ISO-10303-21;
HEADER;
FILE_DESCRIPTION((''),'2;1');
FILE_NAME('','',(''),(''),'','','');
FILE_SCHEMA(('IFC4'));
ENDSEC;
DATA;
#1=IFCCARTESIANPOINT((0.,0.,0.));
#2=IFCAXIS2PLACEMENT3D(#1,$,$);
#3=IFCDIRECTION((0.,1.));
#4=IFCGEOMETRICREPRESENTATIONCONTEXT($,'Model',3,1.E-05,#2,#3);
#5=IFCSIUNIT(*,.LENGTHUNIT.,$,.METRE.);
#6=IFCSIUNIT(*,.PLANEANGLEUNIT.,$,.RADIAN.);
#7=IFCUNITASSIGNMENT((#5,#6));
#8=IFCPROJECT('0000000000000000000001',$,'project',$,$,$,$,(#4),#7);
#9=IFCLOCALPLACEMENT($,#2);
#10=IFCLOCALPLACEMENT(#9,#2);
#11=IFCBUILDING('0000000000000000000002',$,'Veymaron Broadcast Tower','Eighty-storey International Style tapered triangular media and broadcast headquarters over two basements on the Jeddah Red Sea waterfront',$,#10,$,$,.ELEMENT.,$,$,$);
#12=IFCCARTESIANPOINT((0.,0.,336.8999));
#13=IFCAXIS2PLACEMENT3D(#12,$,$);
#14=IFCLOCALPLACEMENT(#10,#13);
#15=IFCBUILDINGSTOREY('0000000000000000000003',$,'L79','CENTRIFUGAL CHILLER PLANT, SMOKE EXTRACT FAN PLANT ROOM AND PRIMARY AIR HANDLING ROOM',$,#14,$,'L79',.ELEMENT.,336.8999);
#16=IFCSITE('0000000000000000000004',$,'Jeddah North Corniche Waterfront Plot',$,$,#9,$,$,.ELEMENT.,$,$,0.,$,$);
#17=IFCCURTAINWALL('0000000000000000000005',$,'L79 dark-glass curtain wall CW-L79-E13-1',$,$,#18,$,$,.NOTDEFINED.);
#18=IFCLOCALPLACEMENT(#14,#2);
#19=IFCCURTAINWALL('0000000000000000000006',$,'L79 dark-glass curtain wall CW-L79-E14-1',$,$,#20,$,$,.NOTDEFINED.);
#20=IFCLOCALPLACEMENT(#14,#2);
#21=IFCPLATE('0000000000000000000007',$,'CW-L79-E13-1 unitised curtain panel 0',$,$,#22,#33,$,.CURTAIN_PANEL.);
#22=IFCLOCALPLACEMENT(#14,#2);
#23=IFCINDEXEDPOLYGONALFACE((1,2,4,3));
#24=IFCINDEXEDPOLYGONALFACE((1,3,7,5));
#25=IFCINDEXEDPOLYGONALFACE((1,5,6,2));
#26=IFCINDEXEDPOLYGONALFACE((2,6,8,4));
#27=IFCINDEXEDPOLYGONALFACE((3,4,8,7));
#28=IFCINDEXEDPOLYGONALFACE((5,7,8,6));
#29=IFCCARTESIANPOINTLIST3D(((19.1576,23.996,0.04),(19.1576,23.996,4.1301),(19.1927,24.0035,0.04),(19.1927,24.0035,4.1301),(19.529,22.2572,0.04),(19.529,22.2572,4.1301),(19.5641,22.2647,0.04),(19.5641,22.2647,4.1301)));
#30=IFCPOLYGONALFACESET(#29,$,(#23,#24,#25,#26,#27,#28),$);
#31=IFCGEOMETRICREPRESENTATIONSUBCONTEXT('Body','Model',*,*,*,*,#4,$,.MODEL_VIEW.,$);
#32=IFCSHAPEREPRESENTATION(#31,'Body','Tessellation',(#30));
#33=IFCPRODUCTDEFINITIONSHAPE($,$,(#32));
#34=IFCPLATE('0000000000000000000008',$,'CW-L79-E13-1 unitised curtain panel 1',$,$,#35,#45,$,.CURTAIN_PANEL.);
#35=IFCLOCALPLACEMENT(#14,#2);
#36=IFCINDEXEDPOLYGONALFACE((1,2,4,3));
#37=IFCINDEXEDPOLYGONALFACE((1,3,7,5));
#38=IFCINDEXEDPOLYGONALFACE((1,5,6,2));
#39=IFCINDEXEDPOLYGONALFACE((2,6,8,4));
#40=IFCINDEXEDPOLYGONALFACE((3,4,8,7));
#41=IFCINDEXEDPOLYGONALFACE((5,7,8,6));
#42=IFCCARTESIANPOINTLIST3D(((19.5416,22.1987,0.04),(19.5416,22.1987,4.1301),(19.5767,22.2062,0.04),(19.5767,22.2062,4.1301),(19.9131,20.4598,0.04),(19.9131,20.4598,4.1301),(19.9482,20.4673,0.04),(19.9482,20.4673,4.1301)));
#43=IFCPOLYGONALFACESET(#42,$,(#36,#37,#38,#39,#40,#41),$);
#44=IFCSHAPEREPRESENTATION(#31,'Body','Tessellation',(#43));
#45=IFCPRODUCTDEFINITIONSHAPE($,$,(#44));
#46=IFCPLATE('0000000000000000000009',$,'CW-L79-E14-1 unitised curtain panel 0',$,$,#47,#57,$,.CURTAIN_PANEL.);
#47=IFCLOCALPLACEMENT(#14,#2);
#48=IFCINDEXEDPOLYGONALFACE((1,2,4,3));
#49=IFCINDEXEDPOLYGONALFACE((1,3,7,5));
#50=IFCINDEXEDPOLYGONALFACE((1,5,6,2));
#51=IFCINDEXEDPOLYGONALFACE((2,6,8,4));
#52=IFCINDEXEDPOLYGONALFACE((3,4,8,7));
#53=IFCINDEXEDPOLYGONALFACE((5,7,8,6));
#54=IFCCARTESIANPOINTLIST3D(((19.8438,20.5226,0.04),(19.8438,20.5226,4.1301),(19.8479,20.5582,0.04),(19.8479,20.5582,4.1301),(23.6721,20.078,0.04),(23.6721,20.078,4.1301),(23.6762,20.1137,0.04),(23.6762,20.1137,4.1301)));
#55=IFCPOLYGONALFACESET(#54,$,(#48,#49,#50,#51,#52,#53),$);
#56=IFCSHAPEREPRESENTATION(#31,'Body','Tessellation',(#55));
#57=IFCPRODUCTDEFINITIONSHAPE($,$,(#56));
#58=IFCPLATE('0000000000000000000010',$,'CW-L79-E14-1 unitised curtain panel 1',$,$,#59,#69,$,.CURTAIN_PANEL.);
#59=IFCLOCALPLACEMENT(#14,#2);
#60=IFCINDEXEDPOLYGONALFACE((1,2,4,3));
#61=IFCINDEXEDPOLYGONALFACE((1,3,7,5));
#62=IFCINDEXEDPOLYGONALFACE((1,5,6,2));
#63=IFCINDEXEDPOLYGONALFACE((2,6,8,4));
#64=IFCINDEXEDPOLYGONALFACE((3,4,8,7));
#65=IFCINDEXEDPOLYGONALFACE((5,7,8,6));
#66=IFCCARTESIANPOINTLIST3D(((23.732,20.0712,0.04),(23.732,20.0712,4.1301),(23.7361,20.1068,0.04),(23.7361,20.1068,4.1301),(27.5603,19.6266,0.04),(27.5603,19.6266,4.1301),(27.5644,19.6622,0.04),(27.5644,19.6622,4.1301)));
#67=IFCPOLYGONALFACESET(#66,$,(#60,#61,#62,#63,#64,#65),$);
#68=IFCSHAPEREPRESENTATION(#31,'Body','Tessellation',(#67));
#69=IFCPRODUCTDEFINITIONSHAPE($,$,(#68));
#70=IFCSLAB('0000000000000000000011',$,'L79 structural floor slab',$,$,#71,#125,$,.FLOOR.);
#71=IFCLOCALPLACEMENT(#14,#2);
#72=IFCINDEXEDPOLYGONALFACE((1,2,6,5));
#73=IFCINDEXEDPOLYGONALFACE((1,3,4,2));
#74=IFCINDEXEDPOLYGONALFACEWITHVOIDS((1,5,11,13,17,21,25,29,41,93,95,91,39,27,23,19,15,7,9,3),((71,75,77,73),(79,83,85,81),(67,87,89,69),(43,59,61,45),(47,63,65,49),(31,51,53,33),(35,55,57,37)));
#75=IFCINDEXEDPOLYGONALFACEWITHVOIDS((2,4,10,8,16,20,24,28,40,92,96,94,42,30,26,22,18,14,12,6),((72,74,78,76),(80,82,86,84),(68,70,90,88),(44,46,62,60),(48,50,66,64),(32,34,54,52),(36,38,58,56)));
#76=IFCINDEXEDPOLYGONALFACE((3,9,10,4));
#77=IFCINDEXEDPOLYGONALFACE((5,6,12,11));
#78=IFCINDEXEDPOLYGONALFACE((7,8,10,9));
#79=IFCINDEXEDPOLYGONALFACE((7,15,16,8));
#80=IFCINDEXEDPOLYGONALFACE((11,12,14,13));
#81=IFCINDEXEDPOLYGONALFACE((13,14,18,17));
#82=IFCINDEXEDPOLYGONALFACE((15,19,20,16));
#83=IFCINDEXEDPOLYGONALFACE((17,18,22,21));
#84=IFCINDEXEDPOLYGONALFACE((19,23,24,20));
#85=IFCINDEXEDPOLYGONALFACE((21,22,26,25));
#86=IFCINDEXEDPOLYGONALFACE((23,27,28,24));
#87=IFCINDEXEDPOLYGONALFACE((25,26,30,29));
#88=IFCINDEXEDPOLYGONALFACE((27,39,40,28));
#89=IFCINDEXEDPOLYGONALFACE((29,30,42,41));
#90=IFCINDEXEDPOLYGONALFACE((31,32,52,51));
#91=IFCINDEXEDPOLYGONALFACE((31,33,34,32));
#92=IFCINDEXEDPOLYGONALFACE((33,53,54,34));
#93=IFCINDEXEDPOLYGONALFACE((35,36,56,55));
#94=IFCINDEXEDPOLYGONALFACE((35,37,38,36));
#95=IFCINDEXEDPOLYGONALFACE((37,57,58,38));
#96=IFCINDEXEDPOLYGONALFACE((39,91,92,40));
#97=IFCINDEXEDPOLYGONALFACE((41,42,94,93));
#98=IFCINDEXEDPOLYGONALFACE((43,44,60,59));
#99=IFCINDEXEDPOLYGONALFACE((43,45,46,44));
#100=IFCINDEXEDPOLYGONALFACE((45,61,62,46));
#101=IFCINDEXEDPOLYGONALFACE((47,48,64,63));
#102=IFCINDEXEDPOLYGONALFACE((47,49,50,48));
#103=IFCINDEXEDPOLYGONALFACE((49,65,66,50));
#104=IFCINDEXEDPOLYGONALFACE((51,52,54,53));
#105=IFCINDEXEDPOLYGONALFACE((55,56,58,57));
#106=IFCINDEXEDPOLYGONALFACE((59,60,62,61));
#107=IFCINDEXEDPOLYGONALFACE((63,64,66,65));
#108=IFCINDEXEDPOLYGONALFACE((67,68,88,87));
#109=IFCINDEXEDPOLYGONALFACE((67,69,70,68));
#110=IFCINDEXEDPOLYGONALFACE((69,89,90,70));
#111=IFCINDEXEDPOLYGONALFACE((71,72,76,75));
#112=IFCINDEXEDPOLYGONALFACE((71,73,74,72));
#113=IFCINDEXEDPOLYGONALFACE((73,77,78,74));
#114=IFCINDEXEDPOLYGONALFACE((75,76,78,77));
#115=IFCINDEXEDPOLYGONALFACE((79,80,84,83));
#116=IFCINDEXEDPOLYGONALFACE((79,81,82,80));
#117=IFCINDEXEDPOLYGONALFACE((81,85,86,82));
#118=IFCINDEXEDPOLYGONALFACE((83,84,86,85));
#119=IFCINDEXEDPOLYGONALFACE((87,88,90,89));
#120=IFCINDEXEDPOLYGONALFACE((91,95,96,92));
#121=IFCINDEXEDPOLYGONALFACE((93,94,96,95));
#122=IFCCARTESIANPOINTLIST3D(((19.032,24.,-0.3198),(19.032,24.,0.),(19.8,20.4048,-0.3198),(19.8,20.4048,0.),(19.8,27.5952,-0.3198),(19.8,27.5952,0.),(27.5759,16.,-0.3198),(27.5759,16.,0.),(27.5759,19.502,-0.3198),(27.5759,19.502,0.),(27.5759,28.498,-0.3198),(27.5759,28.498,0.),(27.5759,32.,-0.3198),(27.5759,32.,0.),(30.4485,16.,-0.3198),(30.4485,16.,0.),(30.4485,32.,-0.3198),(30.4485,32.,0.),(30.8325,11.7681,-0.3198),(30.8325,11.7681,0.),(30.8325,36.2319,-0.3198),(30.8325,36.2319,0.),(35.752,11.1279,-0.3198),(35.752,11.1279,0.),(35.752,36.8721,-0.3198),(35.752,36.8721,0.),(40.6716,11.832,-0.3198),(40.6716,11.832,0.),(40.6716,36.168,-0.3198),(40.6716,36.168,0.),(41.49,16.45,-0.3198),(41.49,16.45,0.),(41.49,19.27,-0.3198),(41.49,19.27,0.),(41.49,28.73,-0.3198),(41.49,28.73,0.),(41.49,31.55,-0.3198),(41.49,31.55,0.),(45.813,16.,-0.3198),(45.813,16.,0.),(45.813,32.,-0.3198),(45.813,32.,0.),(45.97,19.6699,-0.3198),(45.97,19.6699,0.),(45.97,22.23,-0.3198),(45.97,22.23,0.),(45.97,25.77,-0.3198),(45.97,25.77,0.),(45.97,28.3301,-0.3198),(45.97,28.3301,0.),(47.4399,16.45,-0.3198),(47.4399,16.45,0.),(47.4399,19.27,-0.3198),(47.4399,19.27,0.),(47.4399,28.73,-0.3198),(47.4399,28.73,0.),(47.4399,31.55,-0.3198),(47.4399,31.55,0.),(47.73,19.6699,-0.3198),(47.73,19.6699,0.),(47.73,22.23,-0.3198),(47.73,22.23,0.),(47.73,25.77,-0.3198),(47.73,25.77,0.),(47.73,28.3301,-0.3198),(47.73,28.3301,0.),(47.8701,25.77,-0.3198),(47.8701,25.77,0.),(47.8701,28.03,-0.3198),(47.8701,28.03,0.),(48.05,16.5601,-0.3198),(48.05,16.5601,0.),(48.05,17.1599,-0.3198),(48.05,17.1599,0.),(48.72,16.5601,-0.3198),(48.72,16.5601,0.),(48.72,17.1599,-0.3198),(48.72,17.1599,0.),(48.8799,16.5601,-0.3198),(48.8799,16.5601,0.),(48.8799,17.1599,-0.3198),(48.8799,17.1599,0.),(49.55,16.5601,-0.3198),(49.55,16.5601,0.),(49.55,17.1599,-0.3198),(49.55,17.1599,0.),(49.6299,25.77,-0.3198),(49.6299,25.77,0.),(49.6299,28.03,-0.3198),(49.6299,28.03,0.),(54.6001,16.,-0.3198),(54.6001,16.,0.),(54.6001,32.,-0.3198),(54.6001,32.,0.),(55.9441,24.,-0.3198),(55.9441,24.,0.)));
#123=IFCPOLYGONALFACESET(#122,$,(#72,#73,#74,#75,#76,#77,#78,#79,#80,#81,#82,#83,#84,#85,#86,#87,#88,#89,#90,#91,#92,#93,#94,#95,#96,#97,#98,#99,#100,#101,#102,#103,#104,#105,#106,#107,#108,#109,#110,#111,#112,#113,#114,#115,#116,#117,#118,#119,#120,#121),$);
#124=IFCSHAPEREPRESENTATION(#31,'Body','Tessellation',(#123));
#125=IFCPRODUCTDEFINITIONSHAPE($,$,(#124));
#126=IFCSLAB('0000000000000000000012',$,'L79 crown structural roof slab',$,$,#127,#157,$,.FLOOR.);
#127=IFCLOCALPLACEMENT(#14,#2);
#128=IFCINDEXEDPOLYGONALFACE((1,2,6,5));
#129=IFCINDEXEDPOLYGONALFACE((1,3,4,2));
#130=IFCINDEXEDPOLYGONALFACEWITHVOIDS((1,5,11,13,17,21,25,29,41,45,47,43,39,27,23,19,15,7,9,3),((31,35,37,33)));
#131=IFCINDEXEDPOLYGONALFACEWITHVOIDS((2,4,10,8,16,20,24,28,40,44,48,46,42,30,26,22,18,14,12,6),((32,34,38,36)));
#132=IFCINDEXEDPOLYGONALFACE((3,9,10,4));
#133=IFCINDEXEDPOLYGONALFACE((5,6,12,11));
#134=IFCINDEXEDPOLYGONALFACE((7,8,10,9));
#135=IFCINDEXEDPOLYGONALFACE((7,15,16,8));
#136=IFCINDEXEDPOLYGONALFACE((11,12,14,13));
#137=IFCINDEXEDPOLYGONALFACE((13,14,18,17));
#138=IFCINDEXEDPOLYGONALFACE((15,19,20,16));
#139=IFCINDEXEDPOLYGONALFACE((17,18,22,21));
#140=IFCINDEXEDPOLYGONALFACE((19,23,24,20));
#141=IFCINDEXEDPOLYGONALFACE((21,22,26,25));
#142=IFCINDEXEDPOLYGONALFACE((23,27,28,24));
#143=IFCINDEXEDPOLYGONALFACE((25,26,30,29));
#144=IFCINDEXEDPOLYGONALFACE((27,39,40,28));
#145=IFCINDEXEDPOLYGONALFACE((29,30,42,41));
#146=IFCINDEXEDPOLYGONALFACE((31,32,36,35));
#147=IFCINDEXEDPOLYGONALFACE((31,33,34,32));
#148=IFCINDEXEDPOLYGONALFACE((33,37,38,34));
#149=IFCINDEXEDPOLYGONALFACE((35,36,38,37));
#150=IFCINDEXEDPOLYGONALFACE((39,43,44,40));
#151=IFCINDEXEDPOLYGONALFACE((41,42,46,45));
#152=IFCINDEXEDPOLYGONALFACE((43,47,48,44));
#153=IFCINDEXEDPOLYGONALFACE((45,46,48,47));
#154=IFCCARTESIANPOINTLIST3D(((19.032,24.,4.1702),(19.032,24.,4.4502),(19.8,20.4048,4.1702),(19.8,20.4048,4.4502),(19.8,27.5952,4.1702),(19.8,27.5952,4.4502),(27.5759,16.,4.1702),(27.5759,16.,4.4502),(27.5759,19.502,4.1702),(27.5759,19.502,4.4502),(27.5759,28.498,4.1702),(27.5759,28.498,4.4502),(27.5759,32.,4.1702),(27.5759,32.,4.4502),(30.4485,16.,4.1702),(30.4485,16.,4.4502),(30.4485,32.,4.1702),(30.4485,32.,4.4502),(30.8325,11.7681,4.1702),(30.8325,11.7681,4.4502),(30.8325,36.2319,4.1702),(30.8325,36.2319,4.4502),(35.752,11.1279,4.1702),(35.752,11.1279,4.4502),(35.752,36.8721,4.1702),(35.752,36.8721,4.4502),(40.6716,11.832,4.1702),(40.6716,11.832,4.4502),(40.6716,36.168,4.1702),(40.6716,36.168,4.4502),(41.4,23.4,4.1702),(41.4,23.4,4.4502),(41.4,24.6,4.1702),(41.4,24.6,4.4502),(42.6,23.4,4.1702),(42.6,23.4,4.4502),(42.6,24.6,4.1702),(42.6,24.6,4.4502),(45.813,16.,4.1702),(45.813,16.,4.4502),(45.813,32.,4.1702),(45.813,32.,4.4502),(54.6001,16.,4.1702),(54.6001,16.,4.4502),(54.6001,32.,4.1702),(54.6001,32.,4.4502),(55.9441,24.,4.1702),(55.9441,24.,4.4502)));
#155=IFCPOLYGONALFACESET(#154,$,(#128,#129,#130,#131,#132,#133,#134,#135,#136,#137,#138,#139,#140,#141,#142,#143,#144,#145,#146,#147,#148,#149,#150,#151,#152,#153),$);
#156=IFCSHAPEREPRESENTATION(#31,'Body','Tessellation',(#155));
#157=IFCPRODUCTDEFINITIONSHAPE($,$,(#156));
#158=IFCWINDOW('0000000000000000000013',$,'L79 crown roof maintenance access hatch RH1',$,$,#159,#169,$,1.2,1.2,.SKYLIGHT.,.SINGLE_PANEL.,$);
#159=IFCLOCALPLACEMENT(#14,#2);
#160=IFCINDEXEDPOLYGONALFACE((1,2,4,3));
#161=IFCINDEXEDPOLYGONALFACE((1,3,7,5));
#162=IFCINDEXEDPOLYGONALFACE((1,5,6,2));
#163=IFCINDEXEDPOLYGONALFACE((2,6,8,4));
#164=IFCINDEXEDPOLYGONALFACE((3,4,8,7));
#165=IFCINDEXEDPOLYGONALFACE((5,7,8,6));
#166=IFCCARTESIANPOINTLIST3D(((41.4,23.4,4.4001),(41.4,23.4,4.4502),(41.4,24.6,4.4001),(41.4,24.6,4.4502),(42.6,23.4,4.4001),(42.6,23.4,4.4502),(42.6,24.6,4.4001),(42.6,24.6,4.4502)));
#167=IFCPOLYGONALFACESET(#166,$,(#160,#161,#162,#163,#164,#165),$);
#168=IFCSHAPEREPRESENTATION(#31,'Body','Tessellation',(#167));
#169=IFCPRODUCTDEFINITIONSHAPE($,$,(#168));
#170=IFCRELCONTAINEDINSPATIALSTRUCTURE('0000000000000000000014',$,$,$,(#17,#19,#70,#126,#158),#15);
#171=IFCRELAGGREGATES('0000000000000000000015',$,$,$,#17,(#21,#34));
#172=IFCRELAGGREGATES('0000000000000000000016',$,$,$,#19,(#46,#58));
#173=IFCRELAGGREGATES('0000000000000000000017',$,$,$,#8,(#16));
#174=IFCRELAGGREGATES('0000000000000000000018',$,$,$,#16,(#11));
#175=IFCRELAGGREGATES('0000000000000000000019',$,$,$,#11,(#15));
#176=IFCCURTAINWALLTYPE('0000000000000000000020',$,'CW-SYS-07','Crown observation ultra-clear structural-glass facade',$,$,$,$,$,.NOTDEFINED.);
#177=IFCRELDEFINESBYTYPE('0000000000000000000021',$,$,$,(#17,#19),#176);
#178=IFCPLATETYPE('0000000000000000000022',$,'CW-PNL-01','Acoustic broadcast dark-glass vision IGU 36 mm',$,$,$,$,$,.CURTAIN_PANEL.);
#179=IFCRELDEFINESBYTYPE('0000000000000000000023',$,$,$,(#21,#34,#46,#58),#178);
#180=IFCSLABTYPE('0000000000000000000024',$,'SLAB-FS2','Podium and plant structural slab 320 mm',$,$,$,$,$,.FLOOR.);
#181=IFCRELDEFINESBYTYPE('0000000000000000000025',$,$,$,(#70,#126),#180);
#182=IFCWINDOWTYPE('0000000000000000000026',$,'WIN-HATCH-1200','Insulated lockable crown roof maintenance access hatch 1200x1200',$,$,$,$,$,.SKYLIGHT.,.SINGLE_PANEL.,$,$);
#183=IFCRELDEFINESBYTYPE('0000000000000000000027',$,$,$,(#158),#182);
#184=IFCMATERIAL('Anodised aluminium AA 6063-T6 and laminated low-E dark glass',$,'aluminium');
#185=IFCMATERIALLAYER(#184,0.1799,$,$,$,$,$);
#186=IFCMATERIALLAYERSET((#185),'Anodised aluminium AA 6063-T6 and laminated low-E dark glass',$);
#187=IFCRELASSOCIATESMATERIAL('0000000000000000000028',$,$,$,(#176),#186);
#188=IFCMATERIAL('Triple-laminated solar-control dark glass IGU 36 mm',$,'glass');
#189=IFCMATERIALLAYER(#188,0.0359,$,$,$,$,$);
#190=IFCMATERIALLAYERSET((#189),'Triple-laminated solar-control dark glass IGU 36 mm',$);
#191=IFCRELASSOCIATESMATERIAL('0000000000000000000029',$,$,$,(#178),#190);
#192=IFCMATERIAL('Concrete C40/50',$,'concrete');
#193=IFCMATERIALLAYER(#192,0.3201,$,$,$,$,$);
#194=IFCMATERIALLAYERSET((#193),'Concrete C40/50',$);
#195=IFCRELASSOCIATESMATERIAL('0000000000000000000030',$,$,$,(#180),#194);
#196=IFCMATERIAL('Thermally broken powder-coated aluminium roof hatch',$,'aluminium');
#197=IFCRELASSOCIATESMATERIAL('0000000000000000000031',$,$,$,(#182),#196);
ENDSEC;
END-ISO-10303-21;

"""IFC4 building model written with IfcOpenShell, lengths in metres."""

from ifc_helpers import new_model, si_unit, direction, frame, origin, origin_2d, place, context, subcontext, project, spatial, polyline, rectangle, outline, extrude, material, layer, layer_set, type_object, element, fill, aggregate, save


model = new_model("IFC4")

# Units and contexts
model_context = context("Model", 3, precision=1e-05, world=origin(), true_north=direction((0.0, 1.0)))
body_context = subcontext(model_context, "Body", "Model", "MODEL_VIEW")
ifc_project = project(units=[si_unit("LENGTHUNIT", "METRE"), si_unit("PLANEANGLEUNIT", "RADIAN")], contexts=[model_context])

# Site, building, storey
site_placement = place(None, origin())
site = spatial("IfcSite", under=ifc_project, at=site_placement, Name="Jeddah North Corniche Waterfront Plot", CompositionType="ELEMENT", RefElevation=0.0)
building_placement = place(site_placement, origin())
building = spatial("IfcBuilding", under=site, at=building_placement, Name="Veymaron Broadcast Tower", Description="Eighty-storey International Style tapered triangular media and broadcast headquarters over two basements on the Jeddah Red Sea waterfront", CompositionType="ELEMENT")
storey_placement = place(building_placement, frame((0.0, 0.0, 336.8999)))
storey = spatial("IfcBuildingStorey", under=building, at=storey_placement, Name="L79", Description="CENTRIFUGAL CHILLER PLANT, SMOKE EXTRACT FAN PLANT ROOM AND PRIMARY AIR HANDLING ROOM", LongName="L79", CompositionType="ELEMENT", Elevation=336.8999)

# Shared definitions
ifc_material_1 = material(Name="Anodised aluminium AA 6063-T6 and laminated low-E dark glass", Category="aluminium")
ifc_layer_1 = layer(ifc_material_1, 0.1799)
ifc_layer_set_1 = layer_set([ifc_layer_1], Name="Anodised aluminium AA 6063-T6 and laminated low-E dark glass")
curtain_wall_type = type_object("IfcCurtainWallType", Name="CW-SYS-07", Description="Crown observation ultra-clear structural-glass facade", PredefinedType="NOTDEFINED", material=ifc_layer_set_1)

# Curtain walls
curtain_wall_1_placement = place(storey_placement, origin())
curtain_wall_1 = element("IfcCurtainWall", 1, at=curtain_wall_1_placement, inside=storey, type_object=curtain_wall_type, Name="L79 dark-glass curtain wall CW-L79-E13-1", PredefinedType="NOTDEFINED")
curtain_wall_2_placement = place(storey_placement, origin())
curtain_wall_2 = element("IfcCurtainWall", 2, at=curtain_wall_2_placement, inside=storey, type_object=curtain_wall_type, Name="L79 dark-glass curtain wall CW-L79-E14-1", PredefinedType="NOTDEFINED")

# Plates
ifc_material_2 = material(Name="Triple-laminated solar-control dark glass IGU 36 mm", Category="glass")
ifc_layer_2 = layer(ifc_material_2, 0.0359)
ifc_layer_set_2 = layer_set([ifc_layer_2], Name="Triple-laminated solar-control dark glass IGU 36 mm")
plate_type = type_object("IfcPlateType", Name="CW-PNL-01", Description="Acoustic broadcast dark-glass vision IGU 36 mm", PredefinedType="CURTAIN_PANEL", material=ifc_layer_set_2)
plate_1_placement = place(storey_placement, frame((19.3608, 23.1304, 0.04), z_axis=(0.0, 0.0, 1.0), x_axis=(0.208919, -0.977933, 0.0)))
plate_1 = element("IfcPlate", 3, at=plate_1_placement, type_object=plate_type, Name="CW-L79-E13-1 unitised curtain panel 0", PredefinedType="CURTAIN_PANEL", context=body_context, shape_type="SweptSolid", body=[
    extrude(rectangle(XDim=1.7781, YDim=0.0359, at=origin_2d()), origin(), (0.0, 0.0, 1.0), 4.0901),
])
plate_2_placement = place(storey_placement, frame((19.7449, 21.333, 0.04), z_axis=(0.0, 0.0, 1.0), x_axis=(0.208919, -0.977933, 0.0)))
plate_2 = element("IfcPlate", 4, at=plate_2_placement, type_object=plate_type, Name="CW-L79-E13-1 unitised curtain panel 1", PredefinedType="CURTAIN_PANEL", context=body_context, shape_type="SweptSolid", body=[
    extrude(rectangle(XDim=1.7781, YDim=0.0359, at=origin_2d()), origin(), (0.0, 0.0, 1.0), 4.0901),
])
aggregate(curtain_wall_1, [plate_1, plate_2])
plate_3_placement = place(storey_placement, frame((21.76, 20.3181, 0.04), z_axis=(0.0, 0.0, 1.0), x_axis=(0.993325, -0.115353, 0.0)))
plate_3 = element("IfcPlate", 5, at=plate_3_placement, type_object=plate_type, Name="CW-L79-E14-1 unitised curtain panel 0", PredefinedType="CURTAIN_PANEL", context=body_context, shape_type="SweptSolid", body=[
    extrude(rectangle(XDim=3.854, YDim=0.0359, at=origin_2d()), origin(), (0.0, 0.0, 1.0), 4.0901),
])
plate_4_placement = place(storey_placement, frame((25.6482, 19.8667, 0.04), z_axis=(0.0, 0.0, 1.0), x_axis=(0.993325, -0.115353, 0.0)))
plate_4 = element("IfcPlate", 6, at=plate_4_placement, type_object=plate_type, Name="CW-L79-E14-1 unitised curtain panel 1", PredefinedType="CURTAIN_PANEL", context=body_context, shape_type="SweptSolid", body=[
    extrude(rectangle(XDim=3.854, YDim=0.0359, at=origin_2d()), origin(), (0.0, 0.0, 1.0), 4.0901),
])
aggregate(curtain_wall_2, [plate_3, plate_4])

# Slab
ifc_material_3 = material(Name="Concrete C40/50", Category="concrete")
ifc_layer_3 = layer(ifc_material_3, 0.3201)
ifc_layer_set_3 = layer_set([ifc_layer_3], Name="Concrete C40/50")
slab_type = type_object("IfcSlabType", Name="SLAB-FS2", Description="Podium and plant structural slab 320 mm", PredefinedType="FLOOR", material=ifc_layer_set_3)
slab_1_placement = place(storey_placement, frame((0.0, 0.0, -0.3198)))
element("IfcSlab", 7, at=slab_1_placement, inside=storey, type_object=slab_type, Name="L79 structural floor slab", PredefinedType="FLOOR", context=body_context, shape_type="SweptSolid", body=[
    extrude(outline(polyline([(45.813, 16.0), (54.6001, 16.0), (55.9441, 24.0), (54.6001, 32.0), (45.813, 32.0), (40.6716, 36.168), (35.752, 36.8721), (30.8325, 36.2319), (30.4485, 32.0), (27.5759, 32.0), (27.5759, 28.498), (19.8, 27.5952), (19.032, 24.0), (19.8, 20.4048), (27.5759, 19.502), (27.5759, 16.0), (30.4485, 16.0), (30.8325, 11.7681), (35.752, 11.1279), (40.6716, 11.832), (45.813, 16.0)]), holes=[polyline([(45.97, 28.3301), (47.73, 28.3301), (47.73, 25.77), (45.97, 25.77), (45.97, 28.3301)]), polyline([(45.97, 22.23), (47.73, 22.23), (47.73, 19.6699), (45.97, 19.6699), (45.97, 22.23)]), polyline([(47.8701, 28.03), (49.6299, 28.03), (49.6299, 25.77), (47.8701, 25.77), (47.8701, 28.03)]), polyline([(48.05, 17.1599), (48.72, 17.1599), (48.72, 16.5601), (48.05, 16.5601), (48.05, 17.1599)]), polyline([(48.8799, 17.1599), (49.55, 17.1599), (49.55, 16.5601), (48.8799, 16.5601), (48.8799, 17.1599)]), polyline([(41.49, 31.55), (47.4399, 31.55), (47.4399, 28.73), (41.49, 28.73), (41.49, 31.55)]), polyline([(41.49, 19.27), (47.4399, 19.27), (47.4399, 16.45), (41.49, 16.45), (41.49, 19.27)])]), origin(), (0.0, 0.0, 1.0), 0.3198),
])

# Slab, opening, window
slab_2_placement = place(storey_placement, frame((0.0, 0.0, 4.1702)))
slab_2 = element("IfcSlab", 8, at=slab_2_placement, inside=storey, type_object=slab_type, Name="L79 crown structural roof slab", PredefinedType="FLOOR", context=body_context, shape_type="SweptSolid", body=[
    extrude(outline(polyline([(45.813, 16.0), (54.6001, 16.0), (55.9441, 24.0), (54.6001, 32.0), (45.813, 32.0), (40.6716, 36.168), (35.752, 36.8721), (30.8325, 36.2319), (30.4485, 32.0), (27.5759, 32.0), (27.5759, 28.498), (19.8, 27.5952), (19.032, 24.0), (19.8, 20.4048), (27.5759, 19.502), (27.5759, 16.0), (30.4485, 16.0), (30.8325, 11.7681), (35.752, 11.1279), (40.6716, 11.832), (45.813, 16.0)])), origin(), (0.0, 0.0, 1.0), 0.28),
])
opening_1_placement = place(slab_2_placement, frame((42.0, 24.0, -0.01)))
opening_1 = element("IfcOpeningElement", 9, at=opening_1_placement, cuts=slab_2, PredefinedType="OPENING", context=body_context, shape_type="SweptSolid", body=[
    extrude(rectangle(XDim=1.2, YDim=1.2, at=origin_2d()), origin(), (0.0, 0.0, 1.0), 0.3),
])
ifc_material_4 = material(Name="Thermally broken powder-coated aluminium roof hatch", Category="aluminium")
window_type = type_object("IfcWindowType", Name="WIN-HATCH-1200", Description="Insulated lockable crown roof maintenance access hatch 1200x1200", PartitioningType="SINGLE_PANEL", PredefinedType="SKYLIGHT", material=ifc_material_4)
window_placement = place(slab_2_placement, frame((42.0, 24.0, 0.23)))
window = element("IfcWindow", 10, at=window_placement, inside=storey, type_object=window_type, Name="L79 crown roof maintenance access hatch RH1", OverallHeight=1.2, OverallWidth=1.2, PartitioningType="SINGLE_PANEL", PredefinedType="SKYLIGHT", context=body_context, shape_type="SweptSolid", body=[
    extrude(rectangle(XDim=1.2, YDim=1.2, at=origin_2d()), origin(), (0.0, 0.0, 1.0), 0.05),
])
fill(opening_1, window)

save(model, "model.ifc")
